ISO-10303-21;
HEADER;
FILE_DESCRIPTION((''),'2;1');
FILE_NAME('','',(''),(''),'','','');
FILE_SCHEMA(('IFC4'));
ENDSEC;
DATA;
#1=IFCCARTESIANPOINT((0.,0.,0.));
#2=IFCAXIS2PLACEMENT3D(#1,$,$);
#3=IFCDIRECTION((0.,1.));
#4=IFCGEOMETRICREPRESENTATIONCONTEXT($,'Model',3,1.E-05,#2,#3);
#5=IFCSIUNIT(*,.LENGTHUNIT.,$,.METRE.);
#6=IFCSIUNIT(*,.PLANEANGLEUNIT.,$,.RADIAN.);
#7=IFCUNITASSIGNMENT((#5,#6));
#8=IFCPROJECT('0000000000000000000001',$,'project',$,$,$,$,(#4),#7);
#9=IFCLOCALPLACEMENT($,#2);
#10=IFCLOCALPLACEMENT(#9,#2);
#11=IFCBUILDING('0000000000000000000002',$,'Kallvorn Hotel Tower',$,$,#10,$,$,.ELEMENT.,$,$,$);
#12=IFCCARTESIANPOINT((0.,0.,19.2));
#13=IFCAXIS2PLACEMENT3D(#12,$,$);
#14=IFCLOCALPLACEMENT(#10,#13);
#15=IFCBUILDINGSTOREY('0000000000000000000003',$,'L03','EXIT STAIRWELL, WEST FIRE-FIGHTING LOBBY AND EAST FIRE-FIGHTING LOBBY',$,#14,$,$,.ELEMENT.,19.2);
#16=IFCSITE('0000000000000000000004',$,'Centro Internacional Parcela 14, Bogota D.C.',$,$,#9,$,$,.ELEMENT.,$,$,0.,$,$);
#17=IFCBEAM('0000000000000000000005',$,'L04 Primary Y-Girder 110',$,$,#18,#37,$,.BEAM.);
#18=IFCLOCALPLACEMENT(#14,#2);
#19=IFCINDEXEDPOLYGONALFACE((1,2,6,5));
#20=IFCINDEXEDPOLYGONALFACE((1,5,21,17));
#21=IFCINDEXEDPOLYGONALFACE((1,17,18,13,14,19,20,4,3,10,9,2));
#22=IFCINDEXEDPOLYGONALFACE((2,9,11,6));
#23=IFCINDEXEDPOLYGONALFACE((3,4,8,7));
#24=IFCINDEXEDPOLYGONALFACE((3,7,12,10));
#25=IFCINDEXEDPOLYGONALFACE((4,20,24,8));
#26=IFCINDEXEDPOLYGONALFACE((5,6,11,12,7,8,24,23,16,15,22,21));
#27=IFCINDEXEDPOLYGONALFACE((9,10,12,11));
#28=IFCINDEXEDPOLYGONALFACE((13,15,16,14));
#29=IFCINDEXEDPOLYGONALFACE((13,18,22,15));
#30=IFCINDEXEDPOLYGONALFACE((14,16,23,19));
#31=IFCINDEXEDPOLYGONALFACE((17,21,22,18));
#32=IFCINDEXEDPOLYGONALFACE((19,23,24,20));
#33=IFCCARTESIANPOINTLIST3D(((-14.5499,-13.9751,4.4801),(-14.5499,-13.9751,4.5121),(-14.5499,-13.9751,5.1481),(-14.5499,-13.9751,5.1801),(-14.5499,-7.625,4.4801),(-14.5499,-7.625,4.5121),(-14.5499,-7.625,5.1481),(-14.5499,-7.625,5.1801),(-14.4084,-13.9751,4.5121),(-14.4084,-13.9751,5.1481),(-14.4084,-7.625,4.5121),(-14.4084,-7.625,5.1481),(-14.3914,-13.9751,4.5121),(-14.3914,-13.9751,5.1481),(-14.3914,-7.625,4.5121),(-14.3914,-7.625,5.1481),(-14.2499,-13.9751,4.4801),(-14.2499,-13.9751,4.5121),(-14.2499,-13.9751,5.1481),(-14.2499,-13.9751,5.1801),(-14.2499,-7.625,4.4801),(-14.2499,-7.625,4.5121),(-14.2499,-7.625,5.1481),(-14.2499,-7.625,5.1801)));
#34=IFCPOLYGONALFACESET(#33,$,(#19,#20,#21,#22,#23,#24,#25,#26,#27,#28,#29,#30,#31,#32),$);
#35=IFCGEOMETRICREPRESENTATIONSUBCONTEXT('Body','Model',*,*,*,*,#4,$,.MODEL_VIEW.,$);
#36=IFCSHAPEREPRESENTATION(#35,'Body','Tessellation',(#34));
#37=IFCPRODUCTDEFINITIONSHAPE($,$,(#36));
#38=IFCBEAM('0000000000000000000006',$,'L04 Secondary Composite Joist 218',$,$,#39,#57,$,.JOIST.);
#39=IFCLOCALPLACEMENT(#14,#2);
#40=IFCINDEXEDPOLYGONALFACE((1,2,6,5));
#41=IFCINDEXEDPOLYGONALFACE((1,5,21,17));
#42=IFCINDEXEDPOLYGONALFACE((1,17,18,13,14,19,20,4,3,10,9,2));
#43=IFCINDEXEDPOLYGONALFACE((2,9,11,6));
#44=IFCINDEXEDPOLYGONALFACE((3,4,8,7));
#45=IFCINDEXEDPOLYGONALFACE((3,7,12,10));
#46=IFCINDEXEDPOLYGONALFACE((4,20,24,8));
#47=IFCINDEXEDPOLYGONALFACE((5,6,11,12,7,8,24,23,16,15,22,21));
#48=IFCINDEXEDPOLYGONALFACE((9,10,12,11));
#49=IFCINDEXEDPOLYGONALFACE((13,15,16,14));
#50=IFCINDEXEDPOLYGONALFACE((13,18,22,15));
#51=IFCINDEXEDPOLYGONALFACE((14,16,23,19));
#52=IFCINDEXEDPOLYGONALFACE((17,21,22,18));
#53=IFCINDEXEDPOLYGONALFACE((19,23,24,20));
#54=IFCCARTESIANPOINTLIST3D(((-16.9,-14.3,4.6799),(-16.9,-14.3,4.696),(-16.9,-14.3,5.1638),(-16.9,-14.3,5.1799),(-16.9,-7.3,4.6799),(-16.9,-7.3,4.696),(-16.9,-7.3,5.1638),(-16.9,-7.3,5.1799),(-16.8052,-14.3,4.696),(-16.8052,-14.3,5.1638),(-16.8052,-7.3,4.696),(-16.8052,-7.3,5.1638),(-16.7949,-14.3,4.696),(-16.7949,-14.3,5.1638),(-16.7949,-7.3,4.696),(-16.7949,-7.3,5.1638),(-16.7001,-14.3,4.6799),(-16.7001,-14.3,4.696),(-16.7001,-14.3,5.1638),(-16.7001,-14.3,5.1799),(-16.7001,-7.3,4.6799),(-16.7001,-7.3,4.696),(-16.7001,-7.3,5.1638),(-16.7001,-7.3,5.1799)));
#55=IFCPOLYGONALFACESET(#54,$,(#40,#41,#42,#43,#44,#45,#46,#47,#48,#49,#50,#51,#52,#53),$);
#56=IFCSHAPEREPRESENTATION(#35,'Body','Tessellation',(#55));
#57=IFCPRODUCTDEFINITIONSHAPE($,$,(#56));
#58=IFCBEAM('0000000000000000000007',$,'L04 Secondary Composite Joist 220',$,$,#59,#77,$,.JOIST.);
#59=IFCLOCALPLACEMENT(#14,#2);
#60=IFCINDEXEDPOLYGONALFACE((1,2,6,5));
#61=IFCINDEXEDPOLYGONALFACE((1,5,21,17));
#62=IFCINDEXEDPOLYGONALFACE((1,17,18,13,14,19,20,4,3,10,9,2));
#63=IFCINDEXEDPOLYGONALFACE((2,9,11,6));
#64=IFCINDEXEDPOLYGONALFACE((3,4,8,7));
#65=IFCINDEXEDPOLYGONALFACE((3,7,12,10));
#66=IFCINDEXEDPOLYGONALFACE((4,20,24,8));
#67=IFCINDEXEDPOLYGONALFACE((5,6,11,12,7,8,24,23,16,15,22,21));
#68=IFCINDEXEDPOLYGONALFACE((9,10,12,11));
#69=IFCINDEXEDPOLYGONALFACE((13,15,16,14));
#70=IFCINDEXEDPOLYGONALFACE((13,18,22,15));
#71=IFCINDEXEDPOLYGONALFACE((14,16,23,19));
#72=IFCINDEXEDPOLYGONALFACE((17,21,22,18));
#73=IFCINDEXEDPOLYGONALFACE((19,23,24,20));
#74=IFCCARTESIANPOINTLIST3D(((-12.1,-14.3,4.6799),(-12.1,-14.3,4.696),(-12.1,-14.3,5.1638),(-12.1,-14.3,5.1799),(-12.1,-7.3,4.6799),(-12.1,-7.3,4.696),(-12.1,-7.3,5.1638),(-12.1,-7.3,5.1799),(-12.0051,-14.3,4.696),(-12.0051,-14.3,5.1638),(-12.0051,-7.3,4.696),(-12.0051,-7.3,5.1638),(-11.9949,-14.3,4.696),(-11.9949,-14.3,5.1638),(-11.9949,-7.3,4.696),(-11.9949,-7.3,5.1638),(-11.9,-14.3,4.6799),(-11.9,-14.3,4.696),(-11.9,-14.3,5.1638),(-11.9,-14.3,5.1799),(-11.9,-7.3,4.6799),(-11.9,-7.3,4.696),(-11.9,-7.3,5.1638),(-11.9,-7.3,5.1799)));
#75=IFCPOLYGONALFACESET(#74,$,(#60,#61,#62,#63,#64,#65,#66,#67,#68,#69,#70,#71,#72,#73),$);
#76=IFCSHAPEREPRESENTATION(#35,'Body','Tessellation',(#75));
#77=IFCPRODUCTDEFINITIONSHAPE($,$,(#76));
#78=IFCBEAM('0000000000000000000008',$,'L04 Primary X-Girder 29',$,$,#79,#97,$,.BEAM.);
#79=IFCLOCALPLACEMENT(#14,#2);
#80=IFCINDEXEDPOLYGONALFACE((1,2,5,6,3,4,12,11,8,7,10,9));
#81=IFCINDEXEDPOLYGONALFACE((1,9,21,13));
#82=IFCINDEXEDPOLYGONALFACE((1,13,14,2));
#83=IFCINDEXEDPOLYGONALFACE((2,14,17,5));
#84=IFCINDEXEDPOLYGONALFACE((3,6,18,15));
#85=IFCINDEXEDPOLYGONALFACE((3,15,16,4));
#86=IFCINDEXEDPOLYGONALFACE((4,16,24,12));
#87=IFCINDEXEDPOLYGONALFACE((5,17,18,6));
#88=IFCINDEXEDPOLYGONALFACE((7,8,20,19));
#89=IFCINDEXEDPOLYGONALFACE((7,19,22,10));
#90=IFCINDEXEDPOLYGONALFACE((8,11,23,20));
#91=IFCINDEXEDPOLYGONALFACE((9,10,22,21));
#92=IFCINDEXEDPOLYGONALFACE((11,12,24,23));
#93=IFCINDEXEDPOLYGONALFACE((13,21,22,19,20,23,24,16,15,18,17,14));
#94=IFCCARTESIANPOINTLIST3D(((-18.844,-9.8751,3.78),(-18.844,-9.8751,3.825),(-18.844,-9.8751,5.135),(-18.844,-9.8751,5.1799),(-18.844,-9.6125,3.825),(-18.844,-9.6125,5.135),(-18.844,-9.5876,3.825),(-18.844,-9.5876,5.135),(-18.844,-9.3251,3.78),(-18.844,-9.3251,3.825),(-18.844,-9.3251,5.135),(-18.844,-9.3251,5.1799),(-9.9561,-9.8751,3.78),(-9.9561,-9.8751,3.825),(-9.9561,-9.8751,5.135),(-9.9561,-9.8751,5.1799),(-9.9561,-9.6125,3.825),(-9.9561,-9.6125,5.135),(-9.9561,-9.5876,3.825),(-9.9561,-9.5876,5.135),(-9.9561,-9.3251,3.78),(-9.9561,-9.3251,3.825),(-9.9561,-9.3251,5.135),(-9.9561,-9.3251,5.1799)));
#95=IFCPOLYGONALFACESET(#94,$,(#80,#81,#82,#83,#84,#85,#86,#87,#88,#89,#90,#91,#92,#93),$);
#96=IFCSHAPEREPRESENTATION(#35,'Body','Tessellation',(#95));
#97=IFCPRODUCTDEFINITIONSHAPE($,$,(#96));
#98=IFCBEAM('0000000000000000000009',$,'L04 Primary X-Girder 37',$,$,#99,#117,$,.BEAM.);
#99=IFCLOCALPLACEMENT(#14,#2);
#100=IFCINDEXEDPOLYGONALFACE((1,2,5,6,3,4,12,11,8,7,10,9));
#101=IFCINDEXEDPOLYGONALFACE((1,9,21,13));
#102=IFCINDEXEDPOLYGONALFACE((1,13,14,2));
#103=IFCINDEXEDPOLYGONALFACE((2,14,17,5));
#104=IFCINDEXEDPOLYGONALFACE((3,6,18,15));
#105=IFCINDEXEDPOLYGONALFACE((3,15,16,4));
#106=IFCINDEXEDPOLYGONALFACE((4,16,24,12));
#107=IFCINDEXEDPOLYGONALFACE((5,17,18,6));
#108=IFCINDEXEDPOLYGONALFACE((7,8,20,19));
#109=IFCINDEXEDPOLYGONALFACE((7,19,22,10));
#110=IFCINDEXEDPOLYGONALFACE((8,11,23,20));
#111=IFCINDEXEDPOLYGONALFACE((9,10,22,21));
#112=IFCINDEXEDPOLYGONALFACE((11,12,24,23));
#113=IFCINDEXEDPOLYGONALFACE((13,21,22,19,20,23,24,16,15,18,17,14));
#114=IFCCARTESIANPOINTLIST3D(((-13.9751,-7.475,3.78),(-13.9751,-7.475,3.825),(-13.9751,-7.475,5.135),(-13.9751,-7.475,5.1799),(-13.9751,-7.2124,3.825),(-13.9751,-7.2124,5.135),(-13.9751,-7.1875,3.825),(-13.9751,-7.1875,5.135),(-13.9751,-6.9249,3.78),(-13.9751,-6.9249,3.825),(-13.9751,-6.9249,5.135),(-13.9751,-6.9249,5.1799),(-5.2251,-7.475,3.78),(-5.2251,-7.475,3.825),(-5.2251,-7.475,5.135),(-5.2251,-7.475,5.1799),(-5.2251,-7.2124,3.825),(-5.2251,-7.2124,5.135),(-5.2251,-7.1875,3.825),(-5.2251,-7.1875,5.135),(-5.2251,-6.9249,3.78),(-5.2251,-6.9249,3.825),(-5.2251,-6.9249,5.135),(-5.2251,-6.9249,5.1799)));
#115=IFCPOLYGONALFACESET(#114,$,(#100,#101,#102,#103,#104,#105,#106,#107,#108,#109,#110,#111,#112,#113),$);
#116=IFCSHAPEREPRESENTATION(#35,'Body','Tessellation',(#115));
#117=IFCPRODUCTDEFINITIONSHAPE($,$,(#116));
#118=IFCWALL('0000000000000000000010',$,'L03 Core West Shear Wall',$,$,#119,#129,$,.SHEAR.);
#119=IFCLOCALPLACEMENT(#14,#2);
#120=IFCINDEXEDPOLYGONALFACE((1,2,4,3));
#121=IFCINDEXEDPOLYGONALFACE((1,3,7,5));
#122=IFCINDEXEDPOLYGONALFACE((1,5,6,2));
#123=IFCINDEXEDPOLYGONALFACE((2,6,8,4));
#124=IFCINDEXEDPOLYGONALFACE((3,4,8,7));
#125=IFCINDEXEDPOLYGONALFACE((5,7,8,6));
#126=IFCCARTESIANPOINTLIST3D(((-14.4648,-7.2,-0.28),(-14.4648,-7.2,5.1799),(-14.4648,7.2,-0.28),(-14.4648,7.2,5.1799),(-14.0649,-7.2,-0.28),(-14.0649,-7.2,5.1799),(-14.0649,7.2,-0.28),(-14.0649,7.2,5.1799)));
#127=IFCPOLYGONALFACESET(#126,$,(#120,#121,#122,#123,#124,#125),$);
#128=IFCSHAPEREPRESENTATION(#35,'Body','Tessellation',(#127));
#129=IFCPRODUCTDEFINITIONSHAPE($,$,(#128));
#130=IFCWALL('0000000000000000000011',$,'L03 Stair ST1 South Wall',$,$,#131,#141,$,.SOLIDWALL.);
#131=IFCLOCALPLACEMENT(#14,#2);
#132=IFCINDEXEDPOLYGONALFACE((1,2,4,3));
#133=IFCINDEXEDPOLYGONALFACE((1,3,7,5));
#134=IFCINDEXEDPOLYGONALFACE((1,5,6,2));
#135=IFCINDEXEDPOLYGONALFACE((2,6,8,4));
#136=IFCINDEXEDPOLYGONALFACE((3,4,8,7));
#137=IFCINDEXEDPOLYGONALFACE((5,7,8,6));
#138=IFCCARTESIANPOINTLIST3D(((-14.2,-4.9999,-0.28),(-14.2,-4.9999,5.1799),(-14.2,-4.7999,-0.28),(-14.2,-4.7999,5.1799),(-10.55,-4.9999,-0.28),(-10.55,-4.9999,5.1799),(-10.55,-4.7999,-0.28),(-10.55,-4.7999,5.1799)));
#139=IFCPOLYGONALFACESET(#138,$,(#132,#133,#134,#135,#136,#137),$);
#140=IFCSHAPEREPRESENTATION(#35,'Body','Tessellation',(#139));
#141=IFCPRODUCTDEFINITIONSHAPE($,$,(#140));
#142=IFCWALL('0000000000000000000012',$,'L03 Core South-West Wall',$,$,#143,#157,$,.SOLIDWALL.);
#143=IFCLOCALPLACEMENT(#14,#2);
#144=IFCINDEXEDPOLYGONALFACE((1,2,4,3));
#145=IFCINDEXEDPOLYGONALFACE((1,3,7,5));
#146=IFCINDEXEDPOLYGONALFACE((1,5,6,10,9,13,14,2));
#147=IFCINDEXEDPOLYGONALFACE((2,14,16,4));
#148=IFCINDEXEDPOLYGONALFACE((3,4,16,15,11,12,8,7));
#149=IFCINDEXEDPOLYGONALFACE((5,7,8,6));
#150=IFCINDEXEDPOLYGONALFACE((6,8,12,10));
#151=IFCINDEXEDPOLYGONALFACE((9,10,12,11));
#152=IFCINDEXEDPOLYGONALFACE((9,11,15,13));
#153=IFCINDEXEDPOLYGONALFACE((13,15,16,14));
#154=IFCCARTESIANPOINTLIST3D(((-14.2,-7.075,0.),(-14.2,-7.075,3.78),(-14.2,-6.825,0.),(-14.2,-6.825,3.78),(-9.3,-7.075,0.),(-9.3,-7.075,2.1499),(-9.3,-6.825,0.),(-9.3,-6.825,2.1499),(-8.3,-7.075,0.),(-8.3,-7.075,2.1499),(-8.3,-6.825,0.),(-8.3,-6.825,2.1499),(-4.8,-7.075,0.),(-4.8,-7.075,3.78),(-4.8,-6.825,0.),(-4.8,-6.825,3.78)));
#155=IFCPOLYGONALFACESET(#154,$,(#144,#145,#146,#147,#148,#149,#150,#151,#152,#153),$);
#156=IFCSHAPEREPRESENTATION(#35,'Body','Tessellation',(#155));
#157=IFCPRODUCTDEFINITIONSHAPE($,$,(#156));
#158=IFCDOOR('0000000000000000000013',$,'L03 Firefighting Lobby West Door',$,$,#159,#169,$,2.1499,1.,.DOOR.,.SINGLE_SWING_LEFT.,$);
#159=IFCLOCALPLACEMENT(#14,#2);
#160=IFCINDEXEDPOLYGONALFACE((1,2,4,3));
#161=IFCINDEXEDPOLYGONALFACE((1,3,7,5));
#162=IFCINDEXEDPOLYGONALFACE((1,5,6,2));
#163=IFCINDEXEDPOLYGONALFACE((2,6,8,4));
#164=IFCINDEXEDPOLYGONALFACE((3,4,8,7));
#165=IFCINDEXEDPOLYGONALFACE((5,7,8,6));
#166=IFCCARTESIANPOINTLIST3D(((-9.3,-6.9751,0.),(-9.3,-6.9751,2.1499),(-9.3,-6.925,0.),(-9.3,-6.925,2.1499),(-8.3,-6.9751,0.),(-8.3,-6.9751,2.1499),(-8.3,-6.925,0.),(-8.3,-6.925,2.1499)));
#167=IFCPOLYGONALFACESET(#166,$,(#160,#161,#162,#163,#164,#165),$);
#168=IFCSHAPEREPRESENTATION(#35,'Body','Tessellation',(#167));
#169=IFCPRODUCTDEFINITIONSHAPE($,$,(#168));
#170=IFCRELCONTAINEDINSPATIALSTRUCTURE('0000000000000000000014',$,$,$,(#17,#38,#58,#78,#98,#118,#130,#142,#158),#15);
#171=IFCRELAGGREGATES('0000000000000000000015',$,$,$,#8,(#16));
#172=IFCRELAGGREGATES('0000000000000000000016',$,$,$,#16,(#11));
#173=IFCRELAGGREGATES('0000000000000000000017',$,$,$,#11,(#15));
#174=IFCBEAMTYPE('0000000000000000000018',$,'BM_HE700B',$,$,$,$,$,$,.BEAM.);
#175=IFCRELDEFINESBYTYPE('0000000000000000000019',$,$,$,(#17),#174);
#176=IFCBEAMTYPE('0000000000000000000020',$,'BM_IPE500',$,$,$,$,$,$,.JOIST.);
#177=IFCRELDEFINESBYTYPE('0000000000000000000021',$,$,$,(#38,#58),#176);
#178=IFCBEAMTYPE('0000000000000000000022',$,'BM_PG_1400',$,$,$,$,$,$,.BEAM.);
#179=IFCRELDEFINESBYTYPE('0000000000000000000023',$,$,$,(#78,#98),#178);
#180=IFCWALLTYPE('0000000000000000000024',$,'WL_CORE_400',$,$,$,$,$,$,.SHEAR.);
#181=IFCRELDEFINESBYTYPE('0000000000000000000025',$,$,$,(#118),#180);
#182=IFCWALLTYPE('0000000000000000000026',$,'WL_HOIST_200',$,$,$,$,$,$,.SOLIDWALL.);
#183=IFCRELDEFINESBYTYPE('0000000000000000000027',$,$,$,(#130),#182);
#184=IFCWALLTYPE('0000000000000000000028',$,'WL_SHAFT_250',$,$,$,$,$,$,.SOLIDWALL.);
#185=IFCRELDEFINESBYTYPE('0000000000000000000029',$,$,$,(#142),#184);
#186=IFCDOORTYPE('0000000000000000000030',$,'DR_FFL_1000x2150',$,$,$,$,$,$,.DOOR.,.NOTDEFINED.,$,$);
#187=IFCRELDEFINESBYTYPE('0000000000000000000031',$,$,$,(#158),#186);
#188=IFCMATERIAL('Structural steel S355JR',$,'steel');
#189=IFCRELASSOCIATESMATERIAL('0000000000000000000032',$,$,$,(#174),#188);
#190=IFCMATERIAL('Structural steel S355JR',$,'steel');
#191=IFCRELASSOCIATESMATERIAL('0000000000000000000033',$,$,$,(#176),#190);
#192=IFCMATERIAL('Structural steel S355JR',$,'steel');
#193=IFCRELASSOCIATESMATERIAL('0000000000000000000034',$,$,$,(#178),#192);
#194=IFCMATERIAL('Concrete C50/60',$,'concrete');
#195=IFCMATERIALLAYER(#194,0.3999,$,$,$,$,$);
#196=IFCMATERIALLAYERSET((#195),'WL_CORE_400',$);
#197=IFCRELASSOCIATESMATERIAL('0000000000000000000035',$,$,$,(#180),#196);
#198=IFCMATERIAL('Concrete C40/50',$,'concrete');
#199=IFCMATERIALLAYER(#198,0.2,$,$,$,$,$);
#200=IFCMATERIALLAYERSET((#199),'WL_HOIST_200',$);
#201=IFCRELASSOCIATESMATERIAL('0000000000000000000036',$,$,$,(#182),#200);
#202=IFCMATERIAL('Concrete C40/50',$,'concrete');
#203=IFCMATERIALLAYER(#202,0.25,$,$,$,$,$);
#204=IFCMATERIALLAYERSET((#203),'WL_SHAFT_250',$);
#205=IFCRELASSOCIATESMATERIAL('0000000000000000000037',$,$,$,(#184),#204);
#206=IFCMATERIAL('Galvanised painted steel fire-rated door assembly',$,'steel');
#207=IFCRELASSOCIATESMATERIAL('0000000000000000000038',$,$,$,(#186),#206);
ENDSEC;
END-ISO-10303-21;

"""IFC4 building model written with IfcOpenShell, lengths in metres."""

from ifc_helpers import new_model, si_unit, direction, frame, frame_2d, origin, origin_2d, place, context, subcontext, project, spatial, rectangle, i_section, extrude, material, layer, layer_set, material_profile, profile_set, type_object, element, fill, save


model = new_model("IFC4")

# Units and contexts
model_context = context("Model", 3, precision=1e-05, world=origin(), true_north=direction((0.0, 1.0)))
body_context = subcontext(model_context, "Body", "Model", "MODEL_VIEW")
ifc_project = project(units=[si_unit("LENGTHUNIT", "METRE"), si_unit("PLANEANGLEUNIT", "RADIAN")], contexts=[model_context])

# Site, building, storey
site_placement = place(None, origin())
site = spatial("IfcSite", under=ifc_project, at=site_placement, Name="Centro Internacional Parcela 14, Bogota D.C.", CompositionType="ELEMENT", RefElevation=0.0)
building_placement = place(site_placement, origin())
building = spatial("IfcBuilding", under=site, at=building_placement, Name="Kallvorn Hotel Tower", CompositionType="ELEMENT")
storey_placement = place(building_placement, frame((0.0, 0.0, 19.2)))
storey = spatial("IfcBuildingStorey", under=building, at=storey_placement, Name="L03", Description="EXIT STAIRWELL, WEST FIRE-FIGHTING LOBBY AND EAST FIRE-FIGHTING LOBBY", CompositionType="ELEMENT", Elevation=19.2)

# Beams
ifc_material_1 = material(Name="Structural steel S355JR", Category="steel")
ifc_material_profile_1 = material_profile(ifc_material_1, i_section(OverallWidth=0.3, OverallDepth=0.7, WebThickness=0.0171, FlangeThickness=0.032, at=origin_2d()), Name="HE 700 B")
ifc_profile_set_1 = profile_set([ifc_material_profile_1], Name="Structural steel S355JR")
beam_type_1 = type_object("IfcBeamType", Name="BM_HE700B", PredefinedType="BEAM", material=ifc_profile_set_1)
beam_1_placement = place(storey_placement, frame((-14.3999, -13.9751, 4.8301), z_axis=(0.0, 1.0, 0.0), x_axis=(-1.0, 0.0, 0.0)))
element("IfcBeam", 1, at=beam_1_placement, inside=storey, type_object=beam_type_1, Name="L04 Primary Y-Girder 110", PredefinedType="BEAM", context=body_context, shape_type="SweptSolid", body=[
    extrude(i_section(OverallWidth=0.3, OverallDepth=0.7, WebThickness=0.0171, FlangeThickness=0.032, at=origin_2d()), origin(), (0.0, 0.0, 1.0), 6.3501),
])
ifc_material_2 = material(Name="Structural steel S355JR", Category="steel")
ifc_material_profile_2 = material_profile(ifc_material_2, i_section(OverallWidth=0.2, OverallDepth=0.5, WebThickness=0.0103, FlangeThickness=0.0161, at=origin_2d()), Name="IPE 500")
ifc_profile_set_2 = profile_set([ifc_material_profile_2], Name="Structural steel S355JR")
beam_type_2 = type_object("IfcBeamType", Name="BM_IPE500", PredefinedType="JOIST", material=ifc_profile_set_2)
for number, where, z_axis, x_axis, name in (
    (2, (-16.8, -14.3, 4.9299), (0.0, 1.0, 0.0), (-1.0, 0.0, 0.0), "L04 Secondary Composite Joist 218"),
    (3, (-12.0, -14.3, 4.9299), (0.0, 1.0, 0.0), (-1.0, 0.0, 0.0), "L04 Secondary Composite Joist 220"),
):
    element("IfcBeam", number, at=place(storey_placement, frame(where, z_axis=z_axis, x_axis=x_axis)), inside=storey, type_object=beam_type_2, Name=name, PredefinedType="JOIST", context=body_context, shape_type="SweptSolid", body=[
        extrude(i_section(OverallWidth=0.2, OverallDepth=0.5, WebThickness=0.0103, FlangeThickness=0.0161, at=origin_2d()), origin(), (0.0, 0.0, 1.0), 7.0),
    ])
ifc_material_3 = material(Name="Structural steel S355JR", Category="steel")
ifc_material_profile_3 = material_profile(ifc_material_3, i_section(OverallWidth=0.55, OverallDepth=1.3999, WebThickness=0.0249, FlangeThickness=0.0449, at=origin_2d()), Name="PG 1400x550x25x45")
ifc_profile_set_3 = profile_set([ifc_material_profile_3], Name="Structural steel S355JR")
beam_type_3 = type_object("IfcBeamType", Name="BM_PG_1400", PredefinedType="BEAM", material=ifc_profile_set_3)
beam_2_placement = place(storey_placement, frame((-18.844, -9.6001, 4.48), z_axis=(1.0, 0.0, 0.0), x_axis=(0.0, 1.0, 0.0)))
element("IfcBeam", 4, at=beam_2_placement, inside=storey, type_object=beam_type_3, Name="L04 Primary X-Girder 29", PredefinedType="BEAM", context=body_context, shape_type="SweptSolid", body=[
    extrude(i_section(OverallWidth=0.55, OverallDepth=1.3999, WebThickness=0.0249, FlangeThickness=0.0449, at=origin_2d()), origin(), (0.0, 0.0, 1.0), 8.8879),
])
beam_3_placement = place(storey_placement, frame((-13.9751, -7.2, 4.48), z_axis=(1.0, 0.0, 0.0), x_axis=(0.0, 1.0, 0.0)))
element("IfcBeam", 5, at=beam_3_placement, inside=storey, type_object=beam_type_3, Name="L04 Primary X-Girder 37", PredefinedType="BEAM", context=body_context, shape_type="SweptSolid", body=[
    extrude(i_section(OverallWidth=0.55, OverallDepth=1.3999, WebThickness=0.0249, FlangeThickness=0.0449, at=origin_2d()), origin(), (0.0, 0.0, 1.0), 8.75),
])

# Walls
ifc_material_4 = material(Name="Concrete C50/60", Category="concrete")
ifc_layer_1 = layer(ifc_material_4, 0.3999)
ifc_layer_set_1 = layer_set([ifc_layer_1], Name="WL_CORE_400")
wall_type_1 = type_object("IfcWallType", Name="WL_CORE_400", PredefinedType="SHEAR", material=ifc_layer_set_1)
wall_1_placement = place(storey_placement, frame((-14.2649, -7.2, -0.28), z_axis=(0.0, 0.0, 1.0), x_axis=(0.0, 1.0, 0.0)))
element("IfcWall", 6, at=wall_1_placement, inside=storey, type_object=wall_type_1, Name="L03 Core West Shear Wall", PredefinedType="SHEAR", context=body_context, shape_type="SweptSolid", body=[
    extrude(rectangle(XDim=14.3999, YDim=0.3999, at=frame_2d((7.2, 0.0))), origin(), (0.0, 0.0, 1.0), 5.46),
])
ifc_material_5 = material(Name="Concrete C40/50", Category="concrete")
ifc_layer_2 = layer(ifc_material_5, 0.2)
ifc_layer_set_2 = layer_set([ifc_layer_2], Name="WL_HOIST_200")
wall_type_2 = type_object("IfcWallType", Name="WL_HOIST_200", PredefinedType="SOLIDWALL", material=ifc_layer_set_2)
wall_2_placement = place(storey_placement, frame((-14.2, -4.8999, -0.28), z_axis=(0.0, 0.0, 1.0), x_axis=(1.0, 0.0, 0.0)))
element("IfcWall", 7, at=wall_2_placement, inside=storey, type_object=wall_type_2, Name="L03 Stair ST1 South Wall", PredefinedType="SOLIDWALL", context=body_context, shape_type="SweptSolid", body=[
    extrude(rectangle(XDim=3.6499, YDim=0.2, at=frame_2d((1.825, 0.0))), origin(), (0.0, 0.0, 1.0), 5.46),
])

# Wall, opening, door
ifc_material_6 = material(Name="Concrete C40/50", Category="concrete")
ifc_layer_3 = layer(ifc_material_6, 0.25)
ifc_layer_set_3 = layer_set([ifc_layer_3], Name="WL_SHAFT_250")
wall_type_3 = type_object("IfcWallType", Name="WL_SHAFT_250", PredefinedType="SOLIDWALL", material=ifc_layer_set_3)
wall_3_placement = place(storey_placement, frame((-14.2, -6.95, 0.0), z_axis=(0.0, 0.0, 1.0), x_axis=(1.0, 0.0, 0.0)))
wall_3 = element("IfcWall", 8, at=wall_3_placement, inside=storey, type_object=wall_type_3, Name="L03 Core South-West Wall", PredefinedType="SOLIDWALL", context=body_context, shape_type="SweptSolid", body=[
    extrude(rectangle(XDim=9.3999, YDim=0.25, at=frame_2d((4.7, 0.0))), origin(), (0.0, 0.0, 1.0), 3.78),
])
opening_1_placement = place(wall_3_placement, frame((4.8999, 0.0, 0.0)))
opening_1 = element("IfcOpeningElement", 9, at=opening_1_placement, cuts=wall_3, PredefinedType="OPENING", context=body_context, shape_type="SweptSolid", body=[
    extrude(rectangle(XDim=1.0, YDim=2.1499, at=frame_2d((0.5, 1.075))), frame((0.0, 0.1399, 0.0), z_axis=(0.0, -1.0, 0.0), x_axis=(1.0, 0.0, 0.0)), (0.0, 0.0, 1.0), 0.28),
])
ifc_material_7 = material(Name="Galvanised painted steel fire-rated door assembly", Category="steel")
door_type_1 = type_object("IfcDoorType", Name="DR_FFL_1000x2150", OperationType="NOTDEFINED", PredefinedType="DOOR", material=ifc_material_7)
door_1_placement = place(opening_1_placement, origin())
door_1 = element("IfcDoor", 10, at=door_1_placement, inside=storey, type_object=door_type_1, Name="L03 Firefighting Lobby West Door", OperationType="SINGLE_SWING_LEFT", OverallHeight=2.1499, OverallWidth=1.0, PredefinedType="DOOR", context=body_context, shape_type="SweptSolid", body=[
    extrude(rectangle(XDim=1.0, YDim=2.1499, at=frame_2d((0.5, 1.075))), frame((0.0, 0.0249, 0.0), z_axis=(0.0, -1.0, 0.0), x_axis=(1.0, 0.0, 0.0)), (0.0, 0.0, 1.0), 0.05),
])
fill(opening_1, door_1)

save(model, "model.ifc")
